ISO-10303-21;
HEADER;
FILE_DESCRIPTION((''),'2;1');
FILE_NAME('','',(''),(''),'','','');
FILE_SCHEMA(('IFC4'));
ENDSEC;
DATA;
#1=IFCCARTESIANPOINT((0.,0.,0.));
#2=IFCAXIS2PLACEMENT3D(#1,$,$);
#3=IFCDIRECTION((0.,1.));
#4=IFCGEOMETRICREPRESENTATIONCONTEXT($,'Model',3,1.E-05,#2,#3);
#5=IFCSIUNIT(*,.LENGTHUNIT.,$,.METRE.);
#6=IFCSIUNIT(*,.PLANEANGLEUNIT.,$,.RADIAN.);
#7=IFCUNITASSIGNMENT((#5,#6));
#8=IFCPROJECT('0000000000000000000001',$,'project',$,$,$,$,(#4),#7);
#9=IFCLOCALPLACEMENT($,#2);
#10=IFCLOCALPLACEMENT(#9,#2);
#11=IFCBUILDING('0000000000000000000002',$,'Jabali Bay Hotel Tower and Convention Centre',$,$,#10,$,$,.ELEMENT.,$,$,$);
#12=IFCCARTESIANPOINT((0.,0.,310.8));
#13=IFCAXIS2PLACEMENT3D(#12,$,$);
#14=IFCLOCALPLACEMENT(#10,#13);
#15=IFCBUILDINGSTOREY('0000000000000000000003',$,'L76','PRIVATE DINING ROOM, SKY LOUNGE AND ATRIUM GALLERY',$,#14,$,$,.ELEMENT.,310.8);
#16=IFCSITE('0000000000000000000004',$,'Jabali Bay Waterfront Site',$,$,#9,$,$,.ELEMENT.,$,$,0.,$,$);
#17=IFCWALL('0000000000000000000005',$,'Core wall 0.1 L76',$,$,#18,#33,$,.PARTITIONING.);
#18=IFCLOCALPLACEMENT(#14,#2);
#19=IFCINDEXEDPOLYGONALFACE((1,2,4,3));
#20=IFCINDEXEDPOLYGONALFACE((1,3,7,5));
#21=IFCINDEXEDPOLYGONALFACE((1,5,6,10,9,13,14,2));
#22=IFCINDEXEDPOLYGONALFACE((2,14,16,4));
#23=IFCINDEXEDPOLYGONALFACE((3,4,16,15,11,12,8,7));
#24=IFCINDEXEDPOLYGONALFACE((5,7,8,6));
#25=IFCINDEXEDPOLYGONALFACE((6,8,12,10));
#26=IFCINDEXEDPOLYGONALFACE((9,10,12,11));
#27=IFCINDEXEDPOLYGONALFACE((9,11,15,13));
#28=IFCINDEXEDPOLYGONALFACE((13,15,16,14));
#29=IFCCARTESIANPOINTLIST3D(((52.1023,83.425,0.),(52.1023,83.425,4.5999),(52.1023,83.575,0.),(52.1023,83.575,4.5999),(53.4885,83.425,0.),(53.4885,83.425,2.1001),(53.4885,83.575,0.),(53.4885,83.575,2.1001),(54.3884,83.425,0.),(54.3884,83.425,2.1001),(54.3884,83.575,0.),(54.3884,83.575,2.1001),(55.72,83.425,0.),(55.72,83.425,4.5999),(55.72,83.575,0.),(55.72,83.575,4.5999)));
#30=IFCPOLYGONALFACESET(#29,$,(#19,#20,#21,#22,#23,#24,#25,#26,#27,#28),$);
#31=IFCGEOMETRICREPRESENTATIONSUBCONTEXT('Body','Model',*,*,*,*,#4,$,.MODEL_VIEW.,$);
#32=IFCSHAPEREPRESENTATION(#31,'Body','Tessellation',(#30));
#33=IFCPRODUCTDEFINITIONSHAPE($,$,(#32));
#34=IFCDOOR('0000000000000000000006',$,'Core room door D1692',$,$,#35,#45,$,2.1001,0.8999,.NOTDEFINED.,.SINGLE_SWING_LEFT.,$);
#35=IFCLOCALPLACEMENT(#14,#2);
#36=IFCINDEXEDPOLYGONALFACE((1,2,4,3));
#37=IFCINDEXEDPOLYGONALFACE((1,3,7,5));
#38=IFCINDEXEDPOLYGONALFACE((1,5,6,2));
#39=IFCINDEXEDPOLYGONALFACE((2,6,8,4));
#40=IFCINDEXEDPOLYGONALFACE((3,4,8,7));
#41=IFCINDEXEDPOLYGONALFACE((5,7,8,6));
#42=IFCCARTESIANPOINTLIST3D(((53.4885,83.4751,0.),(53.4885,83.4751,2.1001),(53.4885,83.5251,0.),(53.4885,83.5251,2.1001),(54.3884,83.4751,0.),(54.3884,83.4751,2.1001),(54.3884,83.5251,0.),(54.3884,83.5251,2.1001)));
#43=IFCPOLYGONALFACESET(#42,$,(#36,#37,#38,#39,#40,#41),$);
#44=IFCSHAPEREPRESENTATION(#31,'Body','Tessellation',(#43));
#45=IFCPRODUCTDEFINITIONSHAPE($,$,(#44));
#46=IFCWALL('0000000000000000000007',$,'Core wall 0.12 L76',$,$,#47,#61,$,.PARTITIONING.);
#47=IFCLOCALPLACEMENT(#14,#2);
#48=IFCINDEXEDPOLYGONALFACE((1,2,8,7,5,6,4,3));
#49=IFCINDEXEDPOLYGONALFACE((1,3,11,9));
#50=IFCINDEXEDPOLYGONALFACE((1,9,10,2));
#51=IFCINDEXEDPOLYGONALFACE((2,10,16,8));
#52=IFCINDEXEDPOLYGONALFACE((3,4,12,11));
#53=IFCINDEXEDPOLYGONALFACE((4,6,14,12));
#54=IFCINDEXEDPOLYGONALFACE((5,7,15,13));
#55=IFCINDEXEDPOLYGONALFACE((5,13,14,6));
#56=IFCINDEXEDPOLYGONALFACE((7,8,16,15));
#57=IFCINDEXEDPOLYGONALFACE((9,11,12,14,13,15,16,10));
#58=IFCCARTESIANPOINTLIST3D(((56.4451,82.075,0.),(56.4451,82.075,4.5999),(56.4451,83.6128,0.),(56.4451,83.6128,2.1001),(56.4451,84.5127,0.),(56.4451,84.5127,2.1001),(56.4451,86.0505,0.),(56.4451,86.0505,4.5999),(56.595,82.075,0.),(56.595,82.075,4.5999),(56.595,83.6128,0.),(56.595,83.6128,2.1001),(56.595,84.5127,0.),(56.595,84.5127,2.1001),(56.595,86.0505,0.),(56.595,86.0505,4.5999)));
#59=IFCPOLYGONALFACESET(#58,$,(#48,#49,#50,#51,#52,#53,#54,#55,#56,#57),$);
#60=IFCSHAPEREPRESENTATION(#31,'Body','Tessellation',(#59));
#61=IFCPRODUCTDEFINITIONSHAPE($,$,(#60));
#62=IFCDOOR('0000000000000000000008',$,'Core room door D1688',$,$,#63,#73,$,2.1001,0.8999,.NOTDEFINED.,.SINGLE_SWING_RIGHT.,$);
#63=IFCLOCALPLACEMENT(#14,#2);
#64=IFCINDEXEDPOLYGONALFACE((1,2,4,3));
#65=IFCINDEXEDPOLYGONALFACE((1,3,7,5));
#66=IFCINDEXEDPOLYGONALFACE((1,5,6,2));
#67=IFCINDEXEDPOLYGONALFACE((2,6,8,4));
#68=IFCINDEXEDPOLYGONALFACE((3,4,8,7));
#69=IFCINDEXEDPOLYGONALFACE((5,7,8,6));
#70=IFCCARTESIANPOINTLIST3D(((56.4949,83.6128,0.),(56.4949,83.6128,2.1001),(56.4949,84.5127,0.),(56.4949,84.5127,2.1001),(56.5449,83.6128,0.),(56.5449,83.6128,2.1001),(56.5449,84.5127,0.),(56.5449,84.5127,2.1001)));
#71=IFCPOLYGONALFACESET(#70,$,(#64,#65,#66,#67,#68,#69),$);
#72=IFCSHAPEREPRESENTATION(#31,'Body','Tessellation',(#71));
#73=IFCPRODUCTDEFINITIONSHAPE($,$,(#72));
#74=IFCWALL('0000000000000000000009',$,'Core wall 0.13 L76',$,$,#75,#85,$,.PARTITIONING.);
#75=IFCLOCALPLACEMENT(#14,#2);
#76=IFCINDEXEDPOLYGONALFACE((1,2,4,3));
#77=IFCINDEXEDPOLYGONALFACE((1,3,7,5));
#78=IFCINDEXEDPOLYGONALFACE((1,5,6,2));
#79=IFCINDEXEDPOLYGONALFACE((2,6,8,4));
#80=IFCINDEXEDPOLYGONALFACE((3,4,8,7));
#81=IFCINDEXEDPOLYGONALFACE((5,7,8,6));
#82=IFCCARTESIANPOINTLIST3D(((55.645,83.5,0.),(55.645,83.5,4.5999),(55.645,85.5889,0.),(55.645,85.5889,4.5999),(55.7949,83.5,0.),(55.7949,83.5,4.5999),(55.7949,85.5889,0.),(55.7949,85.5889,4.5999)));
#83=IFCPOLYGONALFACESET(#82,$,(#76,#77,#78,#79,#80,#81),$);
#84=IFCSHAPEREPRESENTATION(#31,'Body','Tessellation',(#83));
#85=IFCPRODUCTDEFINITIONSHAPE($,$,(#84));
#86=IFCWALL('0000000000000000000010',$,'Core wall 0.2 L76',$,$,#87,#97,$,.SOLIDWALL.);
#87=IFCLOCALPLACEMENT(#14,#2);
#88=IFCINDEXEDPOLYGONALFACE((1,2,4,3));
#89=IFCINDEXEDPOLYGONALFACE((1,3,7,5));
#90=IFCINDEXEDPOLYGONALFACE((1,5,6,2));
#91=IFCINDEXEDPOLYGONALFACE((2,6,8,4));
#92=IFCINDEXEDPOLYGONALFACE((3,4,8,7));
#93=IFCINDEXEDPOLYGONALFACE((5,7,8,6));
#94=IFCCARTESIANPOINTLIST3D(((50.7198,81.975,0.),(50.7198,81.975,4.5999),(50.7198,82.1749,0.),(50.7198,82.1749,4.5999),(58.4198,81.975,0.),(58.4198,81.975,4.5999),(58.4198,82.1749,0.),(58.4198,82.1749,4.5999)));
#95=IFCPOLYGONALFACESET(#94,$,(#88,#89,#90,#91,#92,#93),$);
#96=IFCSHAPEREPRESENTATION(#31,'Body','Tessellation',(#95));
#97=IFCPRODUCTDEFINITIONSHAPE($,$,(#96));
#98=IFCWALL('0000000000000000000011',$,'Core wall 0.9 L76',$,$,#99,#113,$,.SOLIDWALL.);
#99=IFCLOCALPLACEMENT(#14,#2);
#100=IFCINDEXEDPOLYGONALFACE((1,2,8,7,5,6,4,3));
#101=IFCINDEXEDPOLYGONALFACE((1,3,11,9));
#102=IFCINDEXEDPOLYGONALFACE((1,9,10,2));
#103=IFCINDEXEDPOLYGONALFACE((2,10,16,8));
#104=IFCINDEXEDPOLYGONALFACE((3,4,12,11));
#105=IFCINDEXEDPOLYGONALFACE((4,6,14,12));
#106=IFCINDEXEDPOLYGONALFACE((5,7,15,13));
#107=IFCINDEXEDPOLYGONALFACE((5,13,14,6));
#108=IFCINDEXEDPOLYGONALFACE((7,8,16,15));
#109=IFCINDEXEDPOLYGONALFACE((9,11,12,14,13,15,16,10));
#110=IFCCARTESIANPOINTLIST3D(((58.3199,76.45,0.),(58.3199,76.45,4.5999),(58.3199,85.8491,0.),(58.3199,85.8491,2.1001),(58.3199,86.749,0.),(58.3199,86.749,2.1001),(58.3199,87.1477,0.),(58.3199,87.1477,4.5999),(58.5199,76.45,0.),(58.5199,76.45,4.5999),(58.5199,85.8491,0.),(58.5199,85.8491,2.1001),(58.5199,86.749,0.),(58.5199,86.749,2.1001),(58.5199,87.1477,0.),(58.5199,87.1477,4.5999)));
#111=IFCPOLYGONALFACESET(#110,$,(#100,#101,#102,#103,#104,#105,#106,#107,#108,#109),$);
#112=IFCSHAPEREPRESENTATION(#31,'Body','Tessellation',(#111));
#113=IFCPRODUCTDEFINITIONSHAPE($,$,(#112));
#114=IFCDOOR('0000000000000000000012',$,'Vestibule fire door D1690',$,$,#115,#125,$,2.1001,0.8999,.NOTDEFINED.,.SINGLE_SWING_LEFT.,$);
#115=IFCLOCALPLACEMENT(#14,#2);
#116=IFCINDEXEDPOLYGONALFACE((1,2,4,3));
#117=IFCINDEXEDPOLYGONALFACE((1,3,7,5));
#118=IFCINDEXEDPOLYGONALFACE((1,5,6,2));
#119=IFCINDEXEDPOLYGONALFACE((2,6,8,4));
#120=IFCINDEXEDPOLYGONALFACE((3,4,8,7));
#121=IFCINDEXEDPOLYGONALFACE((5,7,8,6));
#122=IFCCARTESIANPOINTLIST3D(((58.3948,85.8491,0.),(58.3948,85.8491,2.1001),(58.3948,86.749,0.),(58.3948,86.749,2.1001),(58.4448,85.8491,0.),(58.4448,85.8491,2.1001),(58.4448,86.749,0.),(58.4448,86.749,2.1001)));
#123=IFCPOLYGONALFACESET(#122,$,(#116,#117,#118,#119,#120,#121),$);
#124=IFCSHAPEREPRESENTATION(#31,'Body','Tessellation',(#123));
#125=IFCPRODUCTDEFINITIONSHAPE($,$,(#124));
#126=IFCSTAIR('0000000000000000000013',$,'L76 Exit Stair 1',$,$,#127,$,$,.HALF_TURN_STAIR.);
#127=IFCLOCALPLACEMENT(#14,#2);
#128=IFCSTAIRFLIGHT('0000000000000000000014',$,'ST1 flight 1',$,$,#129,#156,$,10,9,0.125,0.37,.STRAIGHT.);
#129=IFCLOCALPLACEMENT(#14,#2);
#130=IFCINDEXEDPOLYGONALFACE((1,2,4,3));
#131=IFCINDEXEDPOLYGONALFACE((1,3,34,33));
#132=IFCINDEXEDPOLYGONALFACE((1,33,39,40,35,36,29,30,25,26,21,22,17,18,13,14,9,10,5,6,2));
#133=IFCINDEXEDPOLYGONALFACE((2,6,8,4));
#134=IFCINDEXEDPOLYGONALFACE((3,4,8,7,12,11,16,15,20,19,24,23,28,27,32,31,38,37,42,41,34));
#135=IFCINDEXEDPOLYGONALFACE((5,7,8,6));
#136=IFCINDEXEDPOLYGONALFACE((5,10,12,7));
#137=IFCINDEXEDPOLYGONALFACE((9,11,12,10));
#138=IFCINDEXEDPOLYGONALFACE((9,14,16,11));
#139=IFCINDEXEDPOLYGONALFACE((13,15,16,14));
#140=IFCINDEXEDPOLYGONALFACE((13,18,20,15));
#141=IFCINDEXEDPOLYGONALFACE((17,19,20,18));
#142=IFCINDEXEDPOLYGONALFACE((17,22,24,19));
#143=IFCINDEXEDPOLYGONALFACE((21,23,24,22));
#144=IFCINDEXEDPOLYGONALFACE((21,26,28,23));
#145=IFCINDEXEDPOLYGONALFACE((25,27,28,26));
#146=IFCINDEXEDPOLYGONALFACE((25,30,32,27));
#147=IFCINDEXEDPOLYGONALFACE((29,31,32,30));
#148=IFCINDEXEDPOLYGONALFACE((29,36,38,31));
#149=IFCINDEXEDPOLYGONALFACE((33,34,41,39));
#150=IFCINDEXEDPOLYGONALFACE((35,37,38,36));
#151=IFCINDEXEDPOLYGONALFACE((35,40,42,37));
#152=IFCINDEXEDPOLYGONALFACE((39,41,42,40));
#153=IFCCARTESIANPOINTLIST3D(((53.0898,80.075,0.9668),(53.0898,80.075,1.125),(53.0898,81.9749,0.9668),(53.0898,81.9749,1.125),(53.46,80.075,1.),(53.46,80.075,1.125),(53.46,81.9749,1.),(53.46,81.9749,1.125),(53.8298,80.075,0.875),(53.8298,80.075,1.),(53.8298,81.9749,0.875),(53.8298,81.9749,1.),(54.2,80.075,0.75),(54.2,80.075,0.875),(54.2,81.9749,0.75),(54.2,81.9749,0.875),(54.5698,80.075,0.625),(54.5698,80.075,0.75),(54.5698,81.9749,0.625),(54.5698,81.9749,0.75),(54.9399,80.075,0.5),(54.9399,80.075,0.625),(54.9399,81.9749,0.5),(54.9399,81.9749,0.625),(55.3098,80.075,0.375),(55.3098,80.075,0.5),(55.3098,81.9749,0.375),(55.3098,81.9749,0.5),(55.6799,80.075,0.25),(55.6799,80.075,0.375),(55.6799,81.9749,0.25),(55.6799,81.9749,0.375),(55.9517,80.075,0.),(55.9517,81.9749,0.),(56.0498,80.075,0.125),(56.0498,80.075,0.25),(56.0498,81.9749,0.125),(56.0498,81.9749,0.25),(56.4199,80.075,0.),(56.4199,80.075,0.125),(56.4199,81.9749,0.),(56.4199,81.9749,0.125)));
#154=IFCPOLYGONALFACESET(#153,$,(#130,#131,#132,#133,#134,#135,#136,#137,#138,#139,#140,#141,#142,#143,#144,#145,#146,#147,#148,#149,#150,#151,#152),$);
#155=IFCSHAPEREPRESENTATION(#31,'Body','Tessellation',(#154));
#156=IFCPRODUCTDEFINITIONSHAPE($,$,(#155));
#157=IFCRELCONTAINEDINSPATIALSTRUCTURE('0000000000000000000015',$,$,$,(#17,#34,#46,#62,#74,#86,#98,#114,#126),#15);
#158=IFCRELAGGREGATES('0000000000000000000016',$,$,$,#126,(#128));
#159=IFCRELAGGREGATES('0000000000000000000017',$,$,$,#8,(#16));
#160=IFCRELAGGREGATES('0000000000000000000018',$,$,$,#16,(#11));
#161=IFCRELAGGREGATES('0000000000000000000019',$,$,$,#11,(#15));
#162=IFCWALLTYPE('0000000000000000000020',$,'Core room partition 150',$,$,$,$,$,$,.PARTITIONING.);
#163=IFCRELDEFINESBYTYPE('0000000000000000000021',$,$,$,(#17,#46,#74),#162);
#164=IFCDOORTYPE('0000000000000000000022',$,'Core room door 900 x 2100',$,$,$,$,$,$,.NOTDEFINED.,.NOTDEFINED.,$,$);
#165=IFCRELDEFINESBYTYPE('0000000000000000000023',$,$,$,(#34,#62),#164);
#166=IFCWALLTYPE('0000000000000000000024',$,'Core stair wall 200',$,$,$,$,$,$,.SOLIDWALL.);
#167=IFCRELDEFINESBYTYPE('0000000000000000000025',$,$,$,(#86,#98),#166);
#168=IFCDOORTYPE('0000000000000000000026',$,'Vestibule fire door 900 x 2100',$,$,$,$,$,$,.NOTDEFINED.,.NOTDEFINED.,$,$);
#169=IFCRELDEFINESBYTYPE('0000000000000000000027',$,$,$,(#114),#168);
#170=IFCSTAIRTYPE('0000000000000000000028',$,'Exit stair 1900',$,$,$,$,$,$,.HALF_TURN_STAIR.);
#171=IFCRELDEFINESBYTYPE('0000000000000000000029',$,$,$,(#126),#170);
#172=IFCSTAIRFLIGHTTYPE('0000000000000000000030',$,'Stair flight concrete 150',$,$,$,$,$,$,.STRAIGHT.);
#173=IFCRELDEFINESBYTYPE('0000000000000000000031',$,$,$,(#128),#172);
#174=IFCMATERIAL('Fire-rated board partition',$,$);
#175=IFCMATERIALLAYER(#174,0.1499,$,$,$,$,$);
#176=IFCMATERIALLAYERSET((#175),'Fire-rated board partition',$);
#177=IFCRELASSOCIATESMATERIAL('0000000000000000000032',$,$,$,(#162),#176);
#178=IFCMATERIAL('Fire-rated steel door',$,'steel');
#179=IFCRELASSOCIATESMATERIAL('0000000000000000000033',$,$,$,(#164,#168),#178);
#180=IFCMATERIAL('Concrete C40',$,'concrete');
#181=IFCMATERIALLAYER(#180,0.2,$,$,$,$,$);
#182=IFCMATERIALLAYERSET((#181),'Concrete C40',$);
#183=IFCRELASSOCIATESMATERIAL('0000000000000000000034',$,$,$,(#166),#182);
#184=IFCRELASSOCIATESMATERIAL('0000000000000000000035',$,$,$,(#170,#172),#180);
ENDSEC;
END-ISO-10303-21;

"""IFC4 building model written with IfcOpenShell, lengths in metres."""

from ifc_helpers import new_model, si_unit, direction, frame, frame_2d, origin, place, context, subcontext, project, spatial, polyline, rectangle, outline, extrude, material, layer, layer_set, type_object, element, fill, aggregate, save


model = new_model("IFC4")

# Units and contexts
model_context = context("Model", 3, precision=1e-05, world=origin(), true_north=direction((0.0, 1.0)))
body_context = subcontext(model_context, "Body", "Model", "MODEL_VIEW")
ifc_project = project(units=[si_unit("LENGTHUNIT", "METRE"), si_unit("PLANEANGLEUNIT", "RADIAN")], contexts=[model_context])

# Site, building, storey
site_placement = place(None, origin())
site = spatial("IfcSite", under=ifc_project, at=site_placement, Name="Jabali Bay Waterfront Site", CompositionType="ELEMENT", RefElevation=0.0)
building_placement = place(site_placement, origin())
building = spatial("IfcBuilding", under=site, at=building_placement, Name="Jabali Bay Hotel Tower and Convention Centre", CompositionType="ELEMENT")
storey_placement = place(building_placement, frame((0.0, 0.0, 310.8)))
storey = spatial("IfcBuildingStorey", under=building, at=storey_placement, Name="L76", Description="PRIVATE DINING ROOM, SKY LOUNGE AND ATRIUM GALLERY", CompositionType="ELEMENT", Elevation=310.8)

# Walls, openings, doors
ifc_material_1 = material(Name="Fire-rated board partition")
ifc_layer_1 = layer(ifc_material_1, 0.1499)
ifc_layer_set_1 = layer_set([ifc_layer_1], Name="Fire-rated board partition")
wall_type_1 = type_object("IfcWallType", Name="Core room partition 150", PredefinedType="PARTITIONING", material=ifc_layer_set_1)
wall_1_placement = place(storey_placement, frame((55.72, 83.5, 0.0), z_axis=(0.0, 0.0, 1.0), x_axis=(-1.0, 0.0, 0.0)))
wall_1 = element("IfcWall", 1, at=wall_1_placement, inside=storey, type_object=wall_type_1, Name="Core wall 0.1 L76", PredefinedType="PARTITIONING", context=body_context, shape_type="SweptSolid", body=[
    extrude(rectangle(XDim=3.6177, YDim=0.1499, at=frame_2d((1.8088, 0.0))), origin(), (0.0, 0.0, 1.0), 4.5999),
])
opening_1_placement = place(wall_1_placement, frame((1.3315, 0.0, 0.0)))
opening_1 = element("IfcOpeningElement", 2, at=opening_1_placement, cuts=wall_1, PredefinedType="OPENING", context=body_context, shape_type="SweptSolid", body=[
    extrude(rectangle(XDim=0.8999, YDim=2.1001, at=frame_2d((0.45, 1.05))), frame((0.0, 0.0854, 0.0), z_axis=(0.0, -1.0, 0.0), x_axis=(1.0, 0.0, 0.0)), (0.0, 0.0, 1.0), 0.1709),
])
ifc_material_2 = material(Name="Fire-rated steel door", Category="steel")
door_type_1 = type_object("IfcDoorType", Name="Core room door 900 x 2100", OperationType="NOTDEFINED", PredefinedType="NOTDEFINED", material=ifc_material_2)
door_1_placement = place(opening_1_placement, origin())
door_1 = element("IfcDoor", 3, at=door_1_placement, inside=storey, type_object=door_type_1, Name="Core room door D1692", OperationType="SINGLE_SWING_LEFT", OverallHeight=2.1001, OverallWidth=0.8999, PredefinedType="NOTDEFINED", context=body_context, shape_type="SweptSolid", body=[
    extrude(rectangle(XDim=0.8999, YDim=2.1001, at=frame_2d((0.45, 1.05))), frame((0.0, 0.0249, 0.0), z_axis=(0.0, -1.0, 0.0), x_axis=(1.0, 0.0, 0.0)), (0.0, 0.0, 1.0), 0.05),
])
fill(opening_1, door_1)
wall_2_placement = place(storey_placement, frame((56.52, 86.0505, 0.0), z_axis=(0.0, 0.0, 1.0), x_axis=(0.0, -1.0, 0.0)))
wall_2 = element("IfcWall", 4, at=wall_2_placement, inside=storey, type_object=wall_type_1, Name="Core wall 0.12 L76", PredefinedType="PARTITIONING", context=body_context, shape_type="SweptSolid", body=[
    extrude(rectangle(XDim=3.9756, YDim=0.1499, at=frame_2d((1.9878, 0.0))), origin(), (0.0, 0.0, 1.0), 4.5999),
])
opening_2_placement = place(wall_2_placement, frame((1.5378, 0.0, 0.0)))
opening_2 = element("IfcOpeningElement", 5, at=opening_2_placement, cuts=wall_2, PredefinedType="OPENING", context=body_context, shape_type="SweptSolid", body=[
    extrude(rectangle(XDim=0.8999, YDim=2.1001, at=frame_2d((0.45, 1.05))), frame((0.0, 0.0854, 0.0), z_axis=(0.0, -1.0, 0.0), x_axis=(1.0, 0.0, 0.0)), (0.0, 0.0, 1.0), 0.1709),
])
door_2_placement = place(opening_2_placement, origin())
door_2 = element("IfcDoor", 6, at=door_2_placement, inside=storey, type_object=door_type_1, Name="Core room door D1688", OperationType="SINGLE_SWING_RIGHT", OverallHeight=2.1001, OverallWidth=0.8999, PredefinedType="NOTDEFINED", context=body_context, shape_type="SweptSolid", body=[
    extrude(rectangle(XDim=0.8999, YDim=2.1001, at=frame_2d((0.45, 1.05))), frame((0.0, 0.0249, 0.0), z_axis=(0.0, -1.0, 0.0), x_axis=(1.0, 0.0, 0.0)), (0.0, 0.0, 1.0), 0.05),
])
fill(opening_2, door_2)

# Walls
wall_3_placement = place(storey_placement, frame((55.72, 85.5889, 0.0), z_axis=(0.0, 0.0, 1.0), x_axis=(0.0, -1.0, 0.0)))
element("IfcWall", 7, at=wall_3_placement, inside=storey, type_object=wall_type_1, Name="Core wall 0.13 L76", PredefinedType="PARTITIONING", context=body_context, shape_type="SweptSolid", body=[
    extrude(rectangle(XDim=2.0889, YDim=0.1499, at=frame_2d((1.0444, 0.0))), origin(), (0.0, 0.0, 1.0), 4.5999),
])
ifc_material_3 = material(Name="Concrete C40", Category="concrete")
ifc_layer_2 = layer(ifc_material_3, 0.2)
ifc_layer_set_2 = layer_set([ifc_layer_2], Name="Concrete C40")
wall_type_2 = type_object("IfcWallType", Name="Core stair wall 200", PredefinedType="SOLIDWALL", material=ifc_layer_set_2)
wall_4_placement = place(storey_placement, frame((58.4199, 82.075, 0.0), z_axis=(0.0, 0.0, 1.0), x_axis=(-1.0, 0.0, 0.0)))
element("IfcWall", 8, at=wall_4_placement, inside=storey, type_object=wall_type_2, Name="Core wall 0.2 L76", PredefinedType="SOLIDWALL", context=body_context, shape_type="SweptSolid", body=[
    extrude(rectangle(XDim=7.7, YDim=0.2, at=frame_2d((3.8501, 0.0))), origin(), (0.0, 0.0, 1.0), 4.5999),
])

# Wall, opening, door
wall_5_placement = place(storey_placement, frame((58.4199, 87.1477, 0.0), z_axis=(0.0, 0.0, 1.0), x_axis=(0.0, -1.0, 0.0)))
wall_5 = element("IfcWall", 9, at=wall_5_placement, inside=storey, type_object=wall_type_2, Name="Core wall 0.9 L76", PredefinedType="SOLIDWALL", context=body_context, shape_type="SweptSolid", body=[
    extrude(rectangle(XDim=10.6978, YDim=0.2, at=frame_2d((5.3489, 0.0))), origin(), (0.0, 0.0, 1.0), 4.5999),
])
opening_3_placement = place(wall_5_placement, frame((0.3987, 0.0, 0.0)))
opening_3 = element("IfcOpeningElement", 10, at=opening_3_placement, cuts=wall_5, PredefinedType="OPENING", context=body_context, shape_type="SweptSolid", body=[
    extrude(rectangle(XDim=0.8999, YDim=2.1001, at=frame_2d((0.45, 1.05))), frame((0.0, 0.1104, 0.0), z_axis=(0.0, -1.0, 0.0), x_axis=(1.0, 0.0, 0.0)), (0.0, 0.0, 1.0), 0.2209),
])
door_type_2 = type_object("IfcDoorType", Name="Vestibule fire door 900 x 2100", OperationType="NOTDEFINED", PredefinedType="NOTDEFINED", material=ifc_material_2)
door_3_placement = place(opening_3_placement, origin())
door_3 = element("IfcDoor", 11, at=door_3_placement, inside=storey, type_object=door_type_2, Name="Vestibule fire door D1690", OperationType="SINGLE_SWING_LEFT", OverallHeight=2.1001, OverallWidth=0.8999, PredefinedType="NOTDEFINED", context=body_context, shape_type="SweptSolid", body=[
    extrude(rectangle(XDim=0.8999, YDim=2.1001, at=frame_2d((0.45, 1.05))), frame((0.0, 0.0249, 0.0), z_axis=(0.0, -1.0, 0.0), x_axis=(1.0, 0.0, 0.0)), (0.0, 0.0, 1.0), 0.05),
])
fill(opening_3, door_3)

# Stair, stair flight
stair_type = type_object("IfcStairType", Name="Exit stair 1900", PredefinedType="HALF_TURN_STAIR", material=ifc_material_3)
stair_placement = place(storey_placement, origin())
stair = element("IfcStair", 12, at=stair_placement, inside=storey, type_object=stair_type, Name="L76 Exit Stair 1", PredefinedType="HALF_TURN_STAIR")
stair_flight_type = type_object("IfcStairFlightType", Name="Stair flight concrete 150", PredefinedType="STRAIGHT", material=ifc_material_3)
stair_flight_1_placement = place(storey_placement, frame((56.4199, 81.0249, 0.0), z_axis=(0.0, 0.0, 1.0), x_axis=(-1.0, 0.0, 0.0)))
stair_flight_1 = element("IfcStairFlight", 13, at=stair_flight_1_placement, type_object=stair_flight_type, Name="ST1 flight 1", NumberOfRisers=10, NumberOfTreads=9, PredefinedType="STRAIGHT", RiserHeight=0.125, TreadLength=0.37, context=body_context, shape_type="SweptSolid", body=[
    extrude(outline(polyline([(0.0, 0.0), (0.0, 0.125), (0.3701, 0.125), (0.3701, 0.25), (0.74, 0.25), (0.74, 0.375), (1.1101, 0.375), (1.1101, 0.5), (1.48, 0.5), (1.48, 0.625), (1.8501, 0.625), (1.8501, 0.75), (2.22, 0.75), (2.22, 0.875), (2.5901, 0.875), (2.5901, 1.0), (2.96, 1.0), (2.96, 1.125), (3.3301, 1.125), (3.3301, 1.25), (3.3301, 0.9668), (0.4683, 0.0), (0.0, 0.0)])), frame((0.0, 0.95, 0.0), z_axis=(0.0, -1.0, 0.0), x_axis=(1.0, 0.0, 0.0)), (0.0, 0.0, 1.0), 1.8999),
])
aggregate(stair, [stair_flight_1])

save(model, "model.ifc")
